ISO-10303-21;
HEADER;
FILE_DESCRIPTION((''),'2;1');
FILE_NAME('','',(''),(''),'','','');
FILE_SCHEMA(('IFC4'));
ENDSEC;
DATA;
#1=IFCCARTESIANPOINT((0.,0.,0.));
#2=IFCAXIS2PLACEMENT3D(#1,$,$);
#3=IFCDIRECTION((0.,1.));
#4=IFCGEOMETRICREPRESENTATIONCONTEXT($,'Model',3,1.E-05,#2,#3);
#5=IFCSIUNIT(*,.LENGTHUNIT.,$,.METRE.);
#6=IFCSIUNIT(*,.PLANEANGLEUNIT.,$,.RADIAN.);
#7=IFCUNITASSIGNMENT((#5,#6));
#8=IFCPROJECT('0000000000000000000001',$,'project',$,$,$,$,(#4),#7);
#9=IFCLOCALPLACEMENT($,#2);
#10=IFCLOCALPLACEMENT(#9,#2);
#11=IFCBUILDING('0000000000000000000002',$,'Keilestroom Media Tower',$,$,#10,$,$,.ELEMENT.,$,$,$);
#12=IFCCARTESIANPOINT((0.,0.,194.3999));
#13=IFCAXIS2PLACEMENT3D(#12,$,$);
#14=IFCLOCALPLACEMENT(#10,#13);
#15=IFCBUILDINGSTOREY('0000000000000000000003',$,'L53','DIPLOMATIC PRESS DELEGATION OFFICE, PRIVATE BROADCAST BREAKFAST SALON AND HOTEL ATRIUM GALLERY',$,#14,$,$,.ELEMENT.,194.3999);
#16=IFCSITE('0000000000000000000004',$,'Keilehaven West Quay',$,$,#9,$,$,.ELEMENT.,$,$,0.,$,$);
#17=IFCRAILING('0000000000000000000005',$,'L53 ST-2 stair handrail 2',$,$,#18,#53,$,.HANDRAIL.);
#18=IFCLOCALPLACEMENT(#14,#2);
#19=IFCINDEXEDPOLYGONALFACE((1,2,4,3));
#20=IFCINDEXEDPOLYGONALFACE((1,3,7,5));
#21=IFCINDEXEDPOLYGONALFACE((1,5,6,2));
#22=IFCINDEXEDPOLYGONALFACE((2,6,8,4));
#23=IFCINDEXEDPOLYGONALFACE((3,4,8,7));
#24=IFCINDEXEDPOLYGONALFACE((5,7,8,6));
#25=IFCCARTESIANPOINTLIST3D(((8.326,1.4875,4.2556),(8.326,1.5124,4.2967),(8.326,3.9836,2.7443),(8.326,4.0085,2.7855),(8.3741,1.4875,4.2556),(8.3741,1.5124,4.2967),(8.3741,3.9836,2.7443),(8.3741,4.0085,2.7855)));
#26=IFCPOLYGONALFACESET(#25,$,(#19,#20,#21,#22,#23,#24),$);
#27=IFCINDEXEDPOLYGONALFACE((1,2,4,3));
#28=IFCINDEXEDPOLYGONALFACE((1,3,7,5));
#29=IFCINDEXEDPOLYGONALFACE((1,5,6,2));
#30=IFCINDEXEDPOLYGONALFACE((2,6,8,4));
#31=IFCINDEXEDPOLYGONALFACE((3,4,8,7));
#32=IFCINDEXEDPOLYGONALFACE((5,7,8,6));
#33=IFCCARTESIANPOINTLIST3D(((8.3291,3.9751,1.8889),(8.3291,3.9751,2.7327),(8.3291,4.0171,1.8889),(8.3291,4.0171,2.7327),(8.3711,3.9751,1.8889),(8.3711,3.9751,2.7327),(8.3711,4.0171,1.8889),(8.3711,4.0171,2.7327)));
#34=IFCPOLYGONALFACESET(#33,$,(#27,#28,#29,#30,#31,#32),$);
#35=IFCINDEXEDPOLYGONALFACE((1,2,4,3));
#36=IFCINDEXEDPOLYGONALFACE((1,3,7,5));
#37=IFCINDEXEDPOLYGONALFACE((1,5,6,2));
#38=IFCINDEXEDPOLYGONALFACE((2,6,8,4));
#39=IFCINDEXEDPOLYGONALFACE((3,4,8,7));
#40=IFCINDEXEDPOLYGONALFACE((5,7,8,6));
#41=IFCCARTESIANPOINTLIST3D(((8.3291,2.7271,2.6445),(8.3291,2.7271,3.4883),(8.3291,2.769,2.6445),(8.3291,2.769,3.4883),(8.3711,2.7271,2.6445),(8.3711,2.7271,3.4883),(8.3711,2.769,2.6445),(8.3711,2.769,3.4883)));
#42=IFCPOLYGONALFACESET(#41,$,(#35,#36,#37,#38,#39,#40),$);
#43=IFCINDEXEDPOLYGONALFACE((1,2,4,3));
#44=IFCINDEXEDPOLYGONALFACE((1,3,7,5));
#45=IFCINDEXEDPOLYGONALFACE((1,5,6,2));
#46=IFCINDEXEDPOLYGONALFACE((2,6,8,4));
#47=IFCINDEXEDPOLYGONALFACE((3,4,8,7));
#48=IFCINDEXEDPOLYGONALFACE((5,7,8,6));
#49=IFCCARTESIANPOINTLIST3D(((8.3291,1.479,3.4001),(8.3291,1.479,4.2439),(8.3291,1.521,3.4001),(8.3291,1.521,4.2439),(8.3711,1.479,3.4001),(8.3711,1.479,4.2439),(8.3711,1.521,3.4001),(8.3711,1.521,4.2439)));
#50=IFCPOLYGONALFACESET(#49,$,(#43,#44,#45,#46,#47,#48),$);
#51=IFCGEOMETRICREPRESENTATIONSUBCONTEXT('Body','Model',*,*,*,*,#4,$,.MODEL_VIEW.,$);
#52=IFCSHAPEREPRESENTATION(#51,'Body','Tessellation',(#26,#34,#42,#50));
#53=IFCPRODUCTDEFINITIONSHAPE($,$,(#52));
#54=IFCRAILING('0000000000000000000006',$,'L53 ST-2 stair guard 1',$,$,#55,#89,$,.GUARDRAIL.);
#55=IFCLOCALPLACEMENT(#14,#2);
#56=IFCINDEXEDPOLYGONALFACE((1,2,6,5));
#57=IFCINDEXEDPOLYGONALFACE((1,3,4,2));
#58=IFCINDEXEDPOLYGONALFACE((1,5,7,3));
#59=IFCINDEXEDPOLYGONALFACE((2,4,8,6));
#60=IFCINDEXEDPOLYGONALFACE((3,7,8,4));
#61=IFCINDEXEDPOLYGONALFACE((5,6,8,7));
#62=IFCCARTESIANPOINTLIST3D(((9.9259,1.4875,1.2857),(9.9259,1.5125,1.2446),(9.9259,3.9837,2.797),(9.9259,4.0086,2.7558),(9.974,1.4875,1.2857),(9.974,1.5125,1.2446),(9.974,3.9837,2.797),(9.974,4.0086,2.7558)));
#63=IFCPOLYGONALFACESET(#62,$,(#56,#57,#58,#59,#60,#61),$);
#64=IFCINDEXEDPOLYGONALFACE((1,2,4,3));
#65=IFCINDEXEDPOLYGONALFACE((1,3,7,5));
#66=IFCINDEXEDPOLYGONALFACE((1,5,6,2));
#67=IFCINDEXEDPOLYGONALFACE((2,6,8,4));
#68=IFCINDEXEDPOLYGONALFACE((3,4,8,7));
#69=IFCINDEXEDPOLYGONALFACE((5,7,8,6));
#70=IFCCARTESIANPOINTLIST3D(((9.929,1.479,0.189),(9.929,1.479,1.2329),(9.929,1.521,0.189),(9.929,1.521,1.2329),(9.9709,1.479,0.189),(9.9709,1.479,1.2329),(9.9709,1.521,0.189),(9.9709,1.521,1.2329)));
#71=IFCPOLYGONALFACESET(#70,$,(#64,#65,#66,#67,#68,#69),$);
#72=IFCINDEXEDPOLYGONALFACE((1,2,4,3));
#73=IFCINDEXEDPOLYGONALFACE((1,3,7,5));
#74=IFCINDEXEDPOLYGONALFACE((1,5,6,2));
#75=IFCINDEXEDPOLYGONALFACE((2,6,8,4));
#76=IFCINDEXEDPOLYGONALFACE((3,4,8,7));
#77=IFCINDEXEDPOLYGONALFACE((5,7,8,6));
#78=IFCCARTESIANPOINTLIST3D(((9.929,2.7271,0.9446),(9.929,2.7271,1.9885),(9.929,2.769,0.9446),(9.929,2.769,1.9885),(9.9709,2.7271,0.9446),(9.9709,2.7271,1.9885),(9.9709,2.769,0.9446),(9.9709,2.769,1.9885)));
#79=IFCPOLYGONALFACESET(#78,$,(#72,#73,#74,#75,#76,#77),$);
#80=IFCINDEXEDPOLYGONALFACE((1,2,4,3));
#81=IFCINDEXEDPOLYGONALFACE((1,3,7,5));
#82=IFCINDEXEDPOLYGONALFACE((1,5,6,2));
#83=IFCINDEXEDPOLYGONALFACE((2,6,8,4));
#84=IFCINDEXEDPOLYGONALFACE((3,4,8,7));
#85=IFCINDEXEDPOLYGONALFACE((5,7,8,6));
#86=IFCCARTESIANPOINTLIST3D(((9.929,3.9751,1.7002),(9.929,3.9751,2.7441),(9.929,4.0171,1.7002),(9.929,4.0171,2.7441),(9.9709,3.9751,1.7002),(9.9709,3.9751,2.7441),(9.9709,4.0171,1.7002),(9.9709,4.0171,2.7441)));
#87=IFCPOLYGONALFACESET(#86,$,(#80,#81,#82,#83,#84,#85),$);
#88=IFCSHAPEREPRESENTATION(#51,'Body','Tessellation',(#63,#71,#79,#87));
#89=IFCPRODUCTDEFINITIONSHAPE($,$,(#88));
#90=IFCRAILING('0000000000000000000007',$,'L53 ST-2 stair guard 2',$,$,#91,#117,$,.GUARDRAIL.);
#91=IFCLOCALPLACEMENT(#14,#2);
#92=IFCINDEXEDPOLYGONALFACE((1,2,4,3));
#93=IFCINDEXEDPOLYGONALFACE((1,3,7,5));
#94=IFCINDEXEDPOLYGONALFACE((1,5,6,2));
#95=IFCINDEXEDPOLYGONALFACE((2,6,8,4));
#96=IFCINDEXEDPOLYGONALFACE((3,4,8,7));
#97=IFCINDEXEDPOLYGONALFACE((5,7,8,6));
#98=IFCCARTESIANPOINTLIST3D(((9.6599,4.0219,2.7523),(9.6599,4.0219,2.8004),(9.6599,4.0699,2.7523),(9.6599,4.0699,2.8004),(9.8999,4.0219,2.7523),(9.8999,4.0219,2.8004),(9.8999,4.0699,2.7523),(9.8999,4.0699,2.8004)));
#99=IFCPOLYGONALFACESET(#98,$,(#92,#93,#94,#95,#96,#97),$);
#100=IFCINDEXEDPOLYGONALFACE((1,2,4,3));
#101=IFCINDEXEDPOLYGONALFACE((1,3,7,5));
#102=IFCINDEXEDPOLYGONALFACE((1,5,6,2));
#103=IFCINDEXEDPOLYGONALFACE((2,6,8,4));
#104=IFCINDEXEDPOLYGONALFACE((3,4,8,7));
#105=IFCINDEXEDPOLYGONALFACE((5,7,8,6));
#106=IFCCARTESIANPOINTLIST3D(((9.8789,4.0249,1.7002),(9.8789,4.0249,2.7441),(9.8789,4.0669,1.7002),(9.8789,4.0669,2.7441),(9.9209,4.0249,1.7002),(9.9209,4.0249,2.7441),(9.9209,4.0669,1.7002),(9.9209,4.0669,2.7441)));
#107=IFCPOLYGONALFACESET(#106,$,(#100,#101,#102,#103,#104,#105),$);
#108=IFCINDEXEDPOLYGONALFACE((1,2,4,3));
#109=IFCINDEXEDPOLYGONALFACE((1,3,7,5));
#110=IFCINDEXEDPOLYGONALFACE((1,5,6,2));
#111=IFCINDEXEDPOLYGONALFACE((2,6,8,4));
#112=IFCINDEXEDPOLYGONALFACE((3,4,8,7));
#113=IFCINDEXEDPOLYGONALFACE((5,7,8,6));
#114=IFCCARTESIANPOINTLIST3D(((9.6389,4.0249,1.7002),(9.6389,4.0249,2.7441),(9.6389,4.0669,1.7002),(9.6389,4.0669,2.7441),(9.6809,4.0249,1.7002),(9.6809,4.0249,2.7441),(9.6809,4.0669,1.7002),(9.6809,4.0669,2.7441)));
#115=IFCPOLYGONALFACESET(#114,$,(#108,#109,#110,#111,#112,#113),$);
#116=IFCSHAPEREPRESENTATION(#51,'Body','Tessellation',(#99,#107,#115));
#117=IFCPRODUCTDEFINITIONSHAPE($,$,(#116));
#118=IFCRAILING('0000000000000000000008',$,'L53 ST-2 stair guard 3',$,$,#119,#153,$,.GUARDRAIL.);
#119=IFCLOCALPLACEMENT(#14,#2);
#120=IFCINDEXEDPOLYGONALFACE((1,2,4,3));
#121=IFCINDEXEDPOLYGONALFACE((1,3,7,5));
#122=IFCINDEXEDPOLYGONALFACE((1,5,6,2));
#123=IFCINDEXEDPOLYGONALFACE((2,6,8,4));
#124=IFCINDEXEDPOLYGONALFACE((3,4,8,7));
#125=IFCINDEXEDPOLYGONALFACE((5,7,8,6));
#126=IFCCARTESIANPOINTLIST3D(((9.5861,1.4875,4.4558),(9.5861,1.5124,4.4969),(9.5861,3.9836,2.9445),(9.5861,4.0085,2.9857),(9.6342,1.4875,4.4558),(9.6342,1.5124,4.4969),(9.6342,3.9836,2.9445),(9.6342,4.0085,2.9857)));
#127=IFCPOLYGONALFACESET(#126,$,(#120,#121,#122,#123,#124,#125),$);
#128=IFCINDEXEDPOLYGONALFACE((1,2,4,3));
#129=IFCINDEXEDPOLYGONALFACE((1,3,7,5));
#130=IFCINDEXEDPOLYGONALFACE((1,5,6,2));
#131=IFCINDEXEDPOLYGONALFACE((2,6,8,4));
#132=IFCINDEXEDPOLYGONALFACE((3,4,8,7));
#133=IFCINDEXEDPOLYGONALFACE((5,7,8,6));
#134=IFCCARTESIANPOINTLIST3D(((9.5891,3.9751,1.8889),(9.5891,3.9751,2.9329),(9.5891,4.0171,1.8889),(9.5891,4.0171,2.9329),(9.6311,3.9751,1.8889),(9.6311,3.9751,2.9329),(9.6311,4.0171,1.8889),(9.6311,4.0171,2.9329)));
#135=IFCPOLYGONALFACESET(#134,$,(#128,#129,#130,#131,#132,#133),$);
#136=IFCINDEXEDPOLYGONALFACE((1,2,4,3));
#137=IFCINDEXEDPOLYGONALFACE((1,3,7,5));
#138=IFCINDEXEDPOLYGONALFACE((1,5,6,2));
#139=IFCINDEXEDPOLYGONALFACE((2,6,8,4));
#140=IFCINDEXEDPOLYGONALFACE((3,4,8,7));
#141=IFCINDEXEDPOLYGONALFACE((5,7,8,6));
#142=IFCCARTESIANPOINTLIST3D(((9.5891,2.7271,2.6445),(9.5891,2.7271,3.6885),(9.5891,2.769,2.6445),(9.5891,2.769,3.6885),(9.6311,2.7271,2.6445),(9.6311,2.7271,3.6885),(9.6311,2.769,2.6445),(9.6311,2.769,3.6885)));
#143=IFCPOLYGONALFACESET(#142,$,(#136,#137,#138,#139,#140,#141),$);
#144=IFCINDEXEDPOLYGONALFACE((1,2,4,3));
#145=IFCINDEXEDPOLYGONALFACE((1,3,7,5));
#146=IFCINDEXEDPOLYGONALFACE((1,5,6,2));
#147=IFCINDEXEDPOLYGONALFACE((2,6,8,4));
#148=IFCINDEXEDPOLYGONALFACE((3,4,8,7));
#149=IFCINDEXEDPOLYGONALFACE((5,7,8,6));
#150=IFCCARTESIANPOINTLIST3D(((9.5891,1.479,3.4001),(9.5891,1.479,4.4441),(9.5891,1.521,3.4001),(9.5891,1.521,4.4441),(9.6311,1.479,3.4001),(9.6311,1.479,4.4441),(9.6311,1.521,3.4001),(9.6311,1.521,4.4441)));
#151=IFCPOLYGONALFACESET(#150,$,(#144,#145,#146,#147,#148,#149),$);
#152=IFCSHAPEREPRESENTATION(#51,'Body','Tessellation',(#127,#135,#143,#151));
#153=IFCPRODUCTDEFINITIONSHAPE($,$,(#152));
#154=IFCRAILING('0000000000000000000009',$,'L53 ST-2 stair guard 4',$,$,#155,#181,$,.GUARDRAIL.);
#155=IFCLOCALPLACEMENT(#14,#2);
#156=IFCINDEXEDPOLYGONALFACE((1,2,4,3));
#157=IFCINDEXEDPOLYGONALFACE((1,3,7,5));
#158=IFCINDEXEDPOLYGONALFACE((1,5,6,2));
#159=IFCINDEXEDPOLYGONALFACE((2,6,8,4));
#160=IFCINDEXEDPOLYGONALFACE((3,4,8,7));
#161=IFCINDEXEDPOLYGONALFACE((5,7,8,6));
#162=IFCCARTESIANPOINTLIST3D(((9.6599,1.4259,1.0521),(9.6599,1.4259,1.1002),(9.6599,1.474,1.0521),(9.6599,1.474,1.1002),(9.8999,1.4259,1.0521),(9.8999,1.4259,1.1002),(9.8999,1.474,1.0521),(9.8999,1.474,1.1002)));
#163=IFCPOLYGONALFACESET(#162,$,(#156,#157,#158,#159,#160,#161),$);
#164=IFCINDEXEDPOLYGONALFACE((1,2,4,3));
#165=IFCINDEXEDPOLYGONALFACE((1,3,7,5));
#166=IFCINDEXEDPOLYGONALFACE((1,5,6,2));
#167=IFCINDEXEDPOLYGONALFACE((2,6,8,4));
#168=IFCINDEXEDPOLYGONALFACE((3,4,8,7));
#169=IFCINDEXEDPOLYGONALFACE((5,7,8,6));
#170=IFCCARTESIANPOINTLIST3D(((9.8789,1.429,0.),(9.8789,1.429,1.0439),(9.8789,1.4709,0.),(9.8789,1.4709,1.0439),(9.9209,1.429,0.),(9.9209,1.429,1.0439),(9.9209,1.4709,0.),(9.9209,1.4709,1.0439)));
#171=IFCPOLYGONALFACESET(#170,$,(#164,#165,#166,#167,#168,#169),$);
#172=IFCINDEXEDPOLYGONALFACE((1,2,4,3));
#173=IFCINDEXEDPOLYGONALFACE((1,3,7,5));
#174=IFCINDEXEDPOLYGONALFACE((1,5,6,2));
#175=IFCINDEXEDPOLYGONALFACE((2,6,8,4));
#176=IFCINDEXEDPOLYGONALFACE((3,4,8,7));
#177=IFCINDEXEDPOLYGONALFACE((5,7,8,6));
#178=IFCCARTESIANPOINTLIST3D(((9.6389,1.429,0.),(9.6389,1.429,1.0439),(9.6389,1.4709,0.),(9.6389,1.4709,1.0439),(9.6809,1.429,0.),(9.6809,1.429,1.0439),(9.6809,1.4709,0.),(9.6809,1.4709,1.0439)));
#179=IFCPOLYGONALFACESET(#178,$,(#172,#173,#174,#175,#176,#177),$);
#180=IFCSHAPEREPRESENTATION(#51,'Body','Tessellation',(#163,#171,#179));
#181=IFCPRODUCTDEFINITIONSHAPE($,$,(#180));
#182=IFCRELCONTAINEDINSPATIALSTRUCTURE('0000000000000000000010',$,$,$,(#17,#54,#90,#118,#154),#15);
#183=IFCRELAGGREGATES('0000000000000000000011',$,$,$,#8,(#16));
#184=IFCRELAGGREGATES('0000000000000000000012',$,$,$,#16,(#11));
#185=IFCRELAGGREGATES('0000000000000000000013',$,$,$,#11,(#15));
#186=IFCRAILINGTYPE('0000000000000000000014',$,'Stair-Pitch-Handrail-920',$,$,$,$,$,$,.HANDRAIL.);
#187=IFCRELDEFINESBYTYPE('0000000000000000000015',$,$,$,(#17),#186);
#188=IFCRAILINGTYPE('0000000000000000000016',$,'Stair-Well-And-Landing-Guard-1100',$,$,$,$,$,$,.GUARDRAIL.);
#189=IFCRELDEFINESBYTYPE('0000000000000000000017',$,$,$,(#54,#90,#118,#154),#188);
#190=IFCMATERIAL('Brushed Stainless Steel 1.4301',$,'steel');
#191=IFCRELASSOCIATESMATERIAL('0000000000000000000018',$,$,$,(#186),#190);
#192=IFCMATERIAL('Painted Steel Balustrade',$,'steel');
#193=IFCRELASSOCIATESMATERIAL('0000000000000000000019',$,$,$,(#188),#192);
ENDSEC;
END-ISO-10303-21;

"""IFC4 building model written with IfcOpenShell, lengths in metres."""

from ifc_helpers import new_model, si_unit, direction, frame, origin, origin_2d, place, context, subcontext, project, spatial, rectangle, extrude, material, type_object, element, save


model = new_model("IFC4")

# Units and contexts
model_context = context("Model", 3, precision=1e-05, world=origin(), true_north=direction((0.0, 1.0)))
body_context = subcontext(model_context, "Body", "Model", "MODEL_VIEW")
ifc_project = project(units=[si_unit("LENGTHUNIT", "METRE"), si_unit("PLANEANGLEUNIT", "RADIAN")], contexts=[model_context])

# Site, building, storey
site_placement = place(None, origin())
site = spatial("IfcSite", under=ifc_project, at=site_placement, Name="Keilehaven West Quay", CompositionType="ELEMENT", RefElevation=0.0)
building_placement = place(site_placement, origin())
building = spatial("IfcBuilding", under=site, at=building_placement, Name="Keilestroom Media Tower", CompositionType="ELEMENT")
storey_placement = place(building_placement, frame((0.0, 0.0, 194.3999)))
storey = spatial("IfcBuildingStorey", under=building, at=storey_placement, Name="L53", Description="DIPLOMATIC PRESS DELEGATION OFFICE, PRIVATE BROADCAST BREAKFAST SALON AND HOTEL ATRIUM GALLERY", CompositionType="ELEMENT", Elevation=194.3999)

# Railings
ifc_material_1 = material(Name="Brushed Stainless Steel 1.4301", Category="steel")
railing_type_1 = type_object("IfcRailingType", Name="Stair-Pitch-Handrail-920", PredefinedType="HANDRAIL", material=ifc_material_1)
railing_1_placement = place(storey_placement, frame((8.3501, 3.9961, 1.8889)))
element("IfcRailing", 1, at=railing_1_placement, inside=storey, type_object=railing_type_1, Name="L53 ST-2 stair handrail 2", PredefinedType="HANDRAIL", context=body_context, shape_type="SweptSolid", body=[
    extrude(rectangle(XDim=0.0481, YDim=0.0481, at=origin_2d()), frame((0.0, 0.0, 0.876), z_axis=(0.0, -0.855434, 0.517912), x_axis=(1.0, 0.0, 0.0)), (0.0, 0.0, 1.0), 2.918),
    extrude(rectangle(XDim=0.042, YDim=0.042, at=origin_2d()), origin(), (0.0, 0.0, 1.0), 0.8438),
    extrude(rectangle(XDim=0.042, YDim=0.042, at=origin_2d()), frame((0.0, -1.248, 0.7556)), (0.0, 0.0, 1.0), 0.8438),
    extrude(rectangle(XDim=0.042, YDim=0.042, at=origin_2d()), frame((0.0, -2.4961, 1.5112)), (0.0, 0.0, 1.0), 0.8438),
])
ifc_material_2 = material(Name="Painted Steel Balustrade", Category="steel")
railing_type_2 = type_object("IfcRailingType", Name="Stair-Well-And-Landing-Guard-1100", PredefinedType="GUARDRAIL", material=ifc_material_2)
railing_2_placement = place(storey_placement, frame((9.95, 1.5, 0.189)))
element("IfcRailing", 2, at=railing_2_placement, inside=storey, type_object=railing_type_2, Name="L53 ST-2 stair guard 1", PredefinedType="GUARDRAIL", context=body_context, shape_type="SweptSolid", body=[
    extrude(rectangle(XDim=0.0481, YDim=0.0481, at=origin_2d()), frame((0.0, 0.0, 1.0762), z_axis=(0.0, 0.855434, 0.517912), x_axis=(-1.0, 0.0, 0.0)), (0.0, 0.0, 1.0), 2.918),
    extrude(rectangle(XDim=0.042, YDim=0.042, at=origin_2d()), origin(), (0.0, 0.0, 1.0), 1.0439),
    extrude(rectangle(XDim=0.042, YDim=0.042, at=origin_2d()), frame((0.0, 1.248, 0.7556)), (0.0, 0.0, 1.0), 1.0439),
    extrude(rectangle(XDim=0.042, YDim=0.042, at=origin_2d()), frame((0.0, 2.4961, 1.5112)), (0.0, 0.0, 1.0), 1.0439),
])
railing_3_placement = place(storey_placement, frame((9.8999, 4.0459, 1.7002)))
element("IfcRailing", 3, at=railing_3_placement, inside=storey, type_object=railing_type_2, Name="L53 ST-2 stair guard 2", PredefinedType="GUARDRAIL", context=body_context, shape_type="SweptSolid", body=[
    extrude(rectangle(XDim=0.0481, YDim=0.0481, at=origin_2d()), frame((0.0, 0.0, 1.0762), z_axis=(-1.0, 0.0, 0.0), x_axis=(0.0, -1.0, 0.0)), (0.0, 0.0, 1.0), 0.24),
    extrude(rectangle(XDim=0.042, YDim=0.042, at=origin_2d()), origin(), (0.0, 0.0, 1.0), 1.0439),
    extrude(rectangle(XDim=0.042, YDim=0.042, at=origin_2d()), frame((-0.24, 0.0, 0.0)), (0.0, 0.0, 1.0), 1.0439),
])
railing_4_placement = place(storey_placement, frame((9.6101, 3.9961, 1.8889)))
element("IfcRailing", 4, at=railing_4_placement, inside=storey, type_object=railing_type_2, Name="L53 ST-2 stair guard 3", PredefinedType="GUARDRAIL", context=body_context, shape_type="SweptSolid", body=[
    extrude(rectangle(XDim=0.0481, YDim=0.0481, at=origin_2d()), frame((0.0, 0.0, 1.0762), z_axis=(0.0, -0.855434, 0.517912), x_axis=(1.0, 0.0, 0.0)), (0.0, 0.0, 1.0), 2.918),
    extrude(rectangle(XDim=0.042, YDim=0.042, at=origin_2d()), origin(), (0.0, 0.0, 1.0), 1.0439),
    extrude(rectangle(XDim=0.042, YDim=0.042, at=origin_2d()), frame((0.0, -1.248, 0.7556)), (0.0, 0.0, 1.0), 1.0439),
    extrude(rectangle(XDim=0.042, YDim=0.042, at=origin_2d()), frame((0.0, -2.4961, 1.5112)), (0.0, 0.0, 1.0), 1.0439),
])
railing_5_placement = place(storey_placement, frame((9.8999, 1.45, 0.0)))
element("IfcRailing", 5, at=railing_5_placement, inside=storey, type_object=railing_type_2, Name="L53 ST-2 stair guard 4", PredefinedType="GUARDRAIL", context=body_context, shape_type="SweptSolid", body=[
    extrude(rectangle(XDim=0.0481, YDim=0.0481, at=origin_2d()), frame((0.0, 0.0, 1.0762), z_axis=(-1.0, 0.0, 0.0), x_axis=(0.0, -1.0, 0.0)), (0.0, 0.0, 1.0), 0.24),
    extrude(rectangle(XDim=0.042, YDim=0.042, at=origin_2d()), origin(), (0.0, 0.0, 1.0), 1.0439),
    extrude(rectangle(XDim=0.042, YDim=0.042, at=origin_2d()), frame((-0.24, 0.0, 0.0)), (0.0, 0.0, 1.0), 1.0439),
])

save(model, "model.ifc")
